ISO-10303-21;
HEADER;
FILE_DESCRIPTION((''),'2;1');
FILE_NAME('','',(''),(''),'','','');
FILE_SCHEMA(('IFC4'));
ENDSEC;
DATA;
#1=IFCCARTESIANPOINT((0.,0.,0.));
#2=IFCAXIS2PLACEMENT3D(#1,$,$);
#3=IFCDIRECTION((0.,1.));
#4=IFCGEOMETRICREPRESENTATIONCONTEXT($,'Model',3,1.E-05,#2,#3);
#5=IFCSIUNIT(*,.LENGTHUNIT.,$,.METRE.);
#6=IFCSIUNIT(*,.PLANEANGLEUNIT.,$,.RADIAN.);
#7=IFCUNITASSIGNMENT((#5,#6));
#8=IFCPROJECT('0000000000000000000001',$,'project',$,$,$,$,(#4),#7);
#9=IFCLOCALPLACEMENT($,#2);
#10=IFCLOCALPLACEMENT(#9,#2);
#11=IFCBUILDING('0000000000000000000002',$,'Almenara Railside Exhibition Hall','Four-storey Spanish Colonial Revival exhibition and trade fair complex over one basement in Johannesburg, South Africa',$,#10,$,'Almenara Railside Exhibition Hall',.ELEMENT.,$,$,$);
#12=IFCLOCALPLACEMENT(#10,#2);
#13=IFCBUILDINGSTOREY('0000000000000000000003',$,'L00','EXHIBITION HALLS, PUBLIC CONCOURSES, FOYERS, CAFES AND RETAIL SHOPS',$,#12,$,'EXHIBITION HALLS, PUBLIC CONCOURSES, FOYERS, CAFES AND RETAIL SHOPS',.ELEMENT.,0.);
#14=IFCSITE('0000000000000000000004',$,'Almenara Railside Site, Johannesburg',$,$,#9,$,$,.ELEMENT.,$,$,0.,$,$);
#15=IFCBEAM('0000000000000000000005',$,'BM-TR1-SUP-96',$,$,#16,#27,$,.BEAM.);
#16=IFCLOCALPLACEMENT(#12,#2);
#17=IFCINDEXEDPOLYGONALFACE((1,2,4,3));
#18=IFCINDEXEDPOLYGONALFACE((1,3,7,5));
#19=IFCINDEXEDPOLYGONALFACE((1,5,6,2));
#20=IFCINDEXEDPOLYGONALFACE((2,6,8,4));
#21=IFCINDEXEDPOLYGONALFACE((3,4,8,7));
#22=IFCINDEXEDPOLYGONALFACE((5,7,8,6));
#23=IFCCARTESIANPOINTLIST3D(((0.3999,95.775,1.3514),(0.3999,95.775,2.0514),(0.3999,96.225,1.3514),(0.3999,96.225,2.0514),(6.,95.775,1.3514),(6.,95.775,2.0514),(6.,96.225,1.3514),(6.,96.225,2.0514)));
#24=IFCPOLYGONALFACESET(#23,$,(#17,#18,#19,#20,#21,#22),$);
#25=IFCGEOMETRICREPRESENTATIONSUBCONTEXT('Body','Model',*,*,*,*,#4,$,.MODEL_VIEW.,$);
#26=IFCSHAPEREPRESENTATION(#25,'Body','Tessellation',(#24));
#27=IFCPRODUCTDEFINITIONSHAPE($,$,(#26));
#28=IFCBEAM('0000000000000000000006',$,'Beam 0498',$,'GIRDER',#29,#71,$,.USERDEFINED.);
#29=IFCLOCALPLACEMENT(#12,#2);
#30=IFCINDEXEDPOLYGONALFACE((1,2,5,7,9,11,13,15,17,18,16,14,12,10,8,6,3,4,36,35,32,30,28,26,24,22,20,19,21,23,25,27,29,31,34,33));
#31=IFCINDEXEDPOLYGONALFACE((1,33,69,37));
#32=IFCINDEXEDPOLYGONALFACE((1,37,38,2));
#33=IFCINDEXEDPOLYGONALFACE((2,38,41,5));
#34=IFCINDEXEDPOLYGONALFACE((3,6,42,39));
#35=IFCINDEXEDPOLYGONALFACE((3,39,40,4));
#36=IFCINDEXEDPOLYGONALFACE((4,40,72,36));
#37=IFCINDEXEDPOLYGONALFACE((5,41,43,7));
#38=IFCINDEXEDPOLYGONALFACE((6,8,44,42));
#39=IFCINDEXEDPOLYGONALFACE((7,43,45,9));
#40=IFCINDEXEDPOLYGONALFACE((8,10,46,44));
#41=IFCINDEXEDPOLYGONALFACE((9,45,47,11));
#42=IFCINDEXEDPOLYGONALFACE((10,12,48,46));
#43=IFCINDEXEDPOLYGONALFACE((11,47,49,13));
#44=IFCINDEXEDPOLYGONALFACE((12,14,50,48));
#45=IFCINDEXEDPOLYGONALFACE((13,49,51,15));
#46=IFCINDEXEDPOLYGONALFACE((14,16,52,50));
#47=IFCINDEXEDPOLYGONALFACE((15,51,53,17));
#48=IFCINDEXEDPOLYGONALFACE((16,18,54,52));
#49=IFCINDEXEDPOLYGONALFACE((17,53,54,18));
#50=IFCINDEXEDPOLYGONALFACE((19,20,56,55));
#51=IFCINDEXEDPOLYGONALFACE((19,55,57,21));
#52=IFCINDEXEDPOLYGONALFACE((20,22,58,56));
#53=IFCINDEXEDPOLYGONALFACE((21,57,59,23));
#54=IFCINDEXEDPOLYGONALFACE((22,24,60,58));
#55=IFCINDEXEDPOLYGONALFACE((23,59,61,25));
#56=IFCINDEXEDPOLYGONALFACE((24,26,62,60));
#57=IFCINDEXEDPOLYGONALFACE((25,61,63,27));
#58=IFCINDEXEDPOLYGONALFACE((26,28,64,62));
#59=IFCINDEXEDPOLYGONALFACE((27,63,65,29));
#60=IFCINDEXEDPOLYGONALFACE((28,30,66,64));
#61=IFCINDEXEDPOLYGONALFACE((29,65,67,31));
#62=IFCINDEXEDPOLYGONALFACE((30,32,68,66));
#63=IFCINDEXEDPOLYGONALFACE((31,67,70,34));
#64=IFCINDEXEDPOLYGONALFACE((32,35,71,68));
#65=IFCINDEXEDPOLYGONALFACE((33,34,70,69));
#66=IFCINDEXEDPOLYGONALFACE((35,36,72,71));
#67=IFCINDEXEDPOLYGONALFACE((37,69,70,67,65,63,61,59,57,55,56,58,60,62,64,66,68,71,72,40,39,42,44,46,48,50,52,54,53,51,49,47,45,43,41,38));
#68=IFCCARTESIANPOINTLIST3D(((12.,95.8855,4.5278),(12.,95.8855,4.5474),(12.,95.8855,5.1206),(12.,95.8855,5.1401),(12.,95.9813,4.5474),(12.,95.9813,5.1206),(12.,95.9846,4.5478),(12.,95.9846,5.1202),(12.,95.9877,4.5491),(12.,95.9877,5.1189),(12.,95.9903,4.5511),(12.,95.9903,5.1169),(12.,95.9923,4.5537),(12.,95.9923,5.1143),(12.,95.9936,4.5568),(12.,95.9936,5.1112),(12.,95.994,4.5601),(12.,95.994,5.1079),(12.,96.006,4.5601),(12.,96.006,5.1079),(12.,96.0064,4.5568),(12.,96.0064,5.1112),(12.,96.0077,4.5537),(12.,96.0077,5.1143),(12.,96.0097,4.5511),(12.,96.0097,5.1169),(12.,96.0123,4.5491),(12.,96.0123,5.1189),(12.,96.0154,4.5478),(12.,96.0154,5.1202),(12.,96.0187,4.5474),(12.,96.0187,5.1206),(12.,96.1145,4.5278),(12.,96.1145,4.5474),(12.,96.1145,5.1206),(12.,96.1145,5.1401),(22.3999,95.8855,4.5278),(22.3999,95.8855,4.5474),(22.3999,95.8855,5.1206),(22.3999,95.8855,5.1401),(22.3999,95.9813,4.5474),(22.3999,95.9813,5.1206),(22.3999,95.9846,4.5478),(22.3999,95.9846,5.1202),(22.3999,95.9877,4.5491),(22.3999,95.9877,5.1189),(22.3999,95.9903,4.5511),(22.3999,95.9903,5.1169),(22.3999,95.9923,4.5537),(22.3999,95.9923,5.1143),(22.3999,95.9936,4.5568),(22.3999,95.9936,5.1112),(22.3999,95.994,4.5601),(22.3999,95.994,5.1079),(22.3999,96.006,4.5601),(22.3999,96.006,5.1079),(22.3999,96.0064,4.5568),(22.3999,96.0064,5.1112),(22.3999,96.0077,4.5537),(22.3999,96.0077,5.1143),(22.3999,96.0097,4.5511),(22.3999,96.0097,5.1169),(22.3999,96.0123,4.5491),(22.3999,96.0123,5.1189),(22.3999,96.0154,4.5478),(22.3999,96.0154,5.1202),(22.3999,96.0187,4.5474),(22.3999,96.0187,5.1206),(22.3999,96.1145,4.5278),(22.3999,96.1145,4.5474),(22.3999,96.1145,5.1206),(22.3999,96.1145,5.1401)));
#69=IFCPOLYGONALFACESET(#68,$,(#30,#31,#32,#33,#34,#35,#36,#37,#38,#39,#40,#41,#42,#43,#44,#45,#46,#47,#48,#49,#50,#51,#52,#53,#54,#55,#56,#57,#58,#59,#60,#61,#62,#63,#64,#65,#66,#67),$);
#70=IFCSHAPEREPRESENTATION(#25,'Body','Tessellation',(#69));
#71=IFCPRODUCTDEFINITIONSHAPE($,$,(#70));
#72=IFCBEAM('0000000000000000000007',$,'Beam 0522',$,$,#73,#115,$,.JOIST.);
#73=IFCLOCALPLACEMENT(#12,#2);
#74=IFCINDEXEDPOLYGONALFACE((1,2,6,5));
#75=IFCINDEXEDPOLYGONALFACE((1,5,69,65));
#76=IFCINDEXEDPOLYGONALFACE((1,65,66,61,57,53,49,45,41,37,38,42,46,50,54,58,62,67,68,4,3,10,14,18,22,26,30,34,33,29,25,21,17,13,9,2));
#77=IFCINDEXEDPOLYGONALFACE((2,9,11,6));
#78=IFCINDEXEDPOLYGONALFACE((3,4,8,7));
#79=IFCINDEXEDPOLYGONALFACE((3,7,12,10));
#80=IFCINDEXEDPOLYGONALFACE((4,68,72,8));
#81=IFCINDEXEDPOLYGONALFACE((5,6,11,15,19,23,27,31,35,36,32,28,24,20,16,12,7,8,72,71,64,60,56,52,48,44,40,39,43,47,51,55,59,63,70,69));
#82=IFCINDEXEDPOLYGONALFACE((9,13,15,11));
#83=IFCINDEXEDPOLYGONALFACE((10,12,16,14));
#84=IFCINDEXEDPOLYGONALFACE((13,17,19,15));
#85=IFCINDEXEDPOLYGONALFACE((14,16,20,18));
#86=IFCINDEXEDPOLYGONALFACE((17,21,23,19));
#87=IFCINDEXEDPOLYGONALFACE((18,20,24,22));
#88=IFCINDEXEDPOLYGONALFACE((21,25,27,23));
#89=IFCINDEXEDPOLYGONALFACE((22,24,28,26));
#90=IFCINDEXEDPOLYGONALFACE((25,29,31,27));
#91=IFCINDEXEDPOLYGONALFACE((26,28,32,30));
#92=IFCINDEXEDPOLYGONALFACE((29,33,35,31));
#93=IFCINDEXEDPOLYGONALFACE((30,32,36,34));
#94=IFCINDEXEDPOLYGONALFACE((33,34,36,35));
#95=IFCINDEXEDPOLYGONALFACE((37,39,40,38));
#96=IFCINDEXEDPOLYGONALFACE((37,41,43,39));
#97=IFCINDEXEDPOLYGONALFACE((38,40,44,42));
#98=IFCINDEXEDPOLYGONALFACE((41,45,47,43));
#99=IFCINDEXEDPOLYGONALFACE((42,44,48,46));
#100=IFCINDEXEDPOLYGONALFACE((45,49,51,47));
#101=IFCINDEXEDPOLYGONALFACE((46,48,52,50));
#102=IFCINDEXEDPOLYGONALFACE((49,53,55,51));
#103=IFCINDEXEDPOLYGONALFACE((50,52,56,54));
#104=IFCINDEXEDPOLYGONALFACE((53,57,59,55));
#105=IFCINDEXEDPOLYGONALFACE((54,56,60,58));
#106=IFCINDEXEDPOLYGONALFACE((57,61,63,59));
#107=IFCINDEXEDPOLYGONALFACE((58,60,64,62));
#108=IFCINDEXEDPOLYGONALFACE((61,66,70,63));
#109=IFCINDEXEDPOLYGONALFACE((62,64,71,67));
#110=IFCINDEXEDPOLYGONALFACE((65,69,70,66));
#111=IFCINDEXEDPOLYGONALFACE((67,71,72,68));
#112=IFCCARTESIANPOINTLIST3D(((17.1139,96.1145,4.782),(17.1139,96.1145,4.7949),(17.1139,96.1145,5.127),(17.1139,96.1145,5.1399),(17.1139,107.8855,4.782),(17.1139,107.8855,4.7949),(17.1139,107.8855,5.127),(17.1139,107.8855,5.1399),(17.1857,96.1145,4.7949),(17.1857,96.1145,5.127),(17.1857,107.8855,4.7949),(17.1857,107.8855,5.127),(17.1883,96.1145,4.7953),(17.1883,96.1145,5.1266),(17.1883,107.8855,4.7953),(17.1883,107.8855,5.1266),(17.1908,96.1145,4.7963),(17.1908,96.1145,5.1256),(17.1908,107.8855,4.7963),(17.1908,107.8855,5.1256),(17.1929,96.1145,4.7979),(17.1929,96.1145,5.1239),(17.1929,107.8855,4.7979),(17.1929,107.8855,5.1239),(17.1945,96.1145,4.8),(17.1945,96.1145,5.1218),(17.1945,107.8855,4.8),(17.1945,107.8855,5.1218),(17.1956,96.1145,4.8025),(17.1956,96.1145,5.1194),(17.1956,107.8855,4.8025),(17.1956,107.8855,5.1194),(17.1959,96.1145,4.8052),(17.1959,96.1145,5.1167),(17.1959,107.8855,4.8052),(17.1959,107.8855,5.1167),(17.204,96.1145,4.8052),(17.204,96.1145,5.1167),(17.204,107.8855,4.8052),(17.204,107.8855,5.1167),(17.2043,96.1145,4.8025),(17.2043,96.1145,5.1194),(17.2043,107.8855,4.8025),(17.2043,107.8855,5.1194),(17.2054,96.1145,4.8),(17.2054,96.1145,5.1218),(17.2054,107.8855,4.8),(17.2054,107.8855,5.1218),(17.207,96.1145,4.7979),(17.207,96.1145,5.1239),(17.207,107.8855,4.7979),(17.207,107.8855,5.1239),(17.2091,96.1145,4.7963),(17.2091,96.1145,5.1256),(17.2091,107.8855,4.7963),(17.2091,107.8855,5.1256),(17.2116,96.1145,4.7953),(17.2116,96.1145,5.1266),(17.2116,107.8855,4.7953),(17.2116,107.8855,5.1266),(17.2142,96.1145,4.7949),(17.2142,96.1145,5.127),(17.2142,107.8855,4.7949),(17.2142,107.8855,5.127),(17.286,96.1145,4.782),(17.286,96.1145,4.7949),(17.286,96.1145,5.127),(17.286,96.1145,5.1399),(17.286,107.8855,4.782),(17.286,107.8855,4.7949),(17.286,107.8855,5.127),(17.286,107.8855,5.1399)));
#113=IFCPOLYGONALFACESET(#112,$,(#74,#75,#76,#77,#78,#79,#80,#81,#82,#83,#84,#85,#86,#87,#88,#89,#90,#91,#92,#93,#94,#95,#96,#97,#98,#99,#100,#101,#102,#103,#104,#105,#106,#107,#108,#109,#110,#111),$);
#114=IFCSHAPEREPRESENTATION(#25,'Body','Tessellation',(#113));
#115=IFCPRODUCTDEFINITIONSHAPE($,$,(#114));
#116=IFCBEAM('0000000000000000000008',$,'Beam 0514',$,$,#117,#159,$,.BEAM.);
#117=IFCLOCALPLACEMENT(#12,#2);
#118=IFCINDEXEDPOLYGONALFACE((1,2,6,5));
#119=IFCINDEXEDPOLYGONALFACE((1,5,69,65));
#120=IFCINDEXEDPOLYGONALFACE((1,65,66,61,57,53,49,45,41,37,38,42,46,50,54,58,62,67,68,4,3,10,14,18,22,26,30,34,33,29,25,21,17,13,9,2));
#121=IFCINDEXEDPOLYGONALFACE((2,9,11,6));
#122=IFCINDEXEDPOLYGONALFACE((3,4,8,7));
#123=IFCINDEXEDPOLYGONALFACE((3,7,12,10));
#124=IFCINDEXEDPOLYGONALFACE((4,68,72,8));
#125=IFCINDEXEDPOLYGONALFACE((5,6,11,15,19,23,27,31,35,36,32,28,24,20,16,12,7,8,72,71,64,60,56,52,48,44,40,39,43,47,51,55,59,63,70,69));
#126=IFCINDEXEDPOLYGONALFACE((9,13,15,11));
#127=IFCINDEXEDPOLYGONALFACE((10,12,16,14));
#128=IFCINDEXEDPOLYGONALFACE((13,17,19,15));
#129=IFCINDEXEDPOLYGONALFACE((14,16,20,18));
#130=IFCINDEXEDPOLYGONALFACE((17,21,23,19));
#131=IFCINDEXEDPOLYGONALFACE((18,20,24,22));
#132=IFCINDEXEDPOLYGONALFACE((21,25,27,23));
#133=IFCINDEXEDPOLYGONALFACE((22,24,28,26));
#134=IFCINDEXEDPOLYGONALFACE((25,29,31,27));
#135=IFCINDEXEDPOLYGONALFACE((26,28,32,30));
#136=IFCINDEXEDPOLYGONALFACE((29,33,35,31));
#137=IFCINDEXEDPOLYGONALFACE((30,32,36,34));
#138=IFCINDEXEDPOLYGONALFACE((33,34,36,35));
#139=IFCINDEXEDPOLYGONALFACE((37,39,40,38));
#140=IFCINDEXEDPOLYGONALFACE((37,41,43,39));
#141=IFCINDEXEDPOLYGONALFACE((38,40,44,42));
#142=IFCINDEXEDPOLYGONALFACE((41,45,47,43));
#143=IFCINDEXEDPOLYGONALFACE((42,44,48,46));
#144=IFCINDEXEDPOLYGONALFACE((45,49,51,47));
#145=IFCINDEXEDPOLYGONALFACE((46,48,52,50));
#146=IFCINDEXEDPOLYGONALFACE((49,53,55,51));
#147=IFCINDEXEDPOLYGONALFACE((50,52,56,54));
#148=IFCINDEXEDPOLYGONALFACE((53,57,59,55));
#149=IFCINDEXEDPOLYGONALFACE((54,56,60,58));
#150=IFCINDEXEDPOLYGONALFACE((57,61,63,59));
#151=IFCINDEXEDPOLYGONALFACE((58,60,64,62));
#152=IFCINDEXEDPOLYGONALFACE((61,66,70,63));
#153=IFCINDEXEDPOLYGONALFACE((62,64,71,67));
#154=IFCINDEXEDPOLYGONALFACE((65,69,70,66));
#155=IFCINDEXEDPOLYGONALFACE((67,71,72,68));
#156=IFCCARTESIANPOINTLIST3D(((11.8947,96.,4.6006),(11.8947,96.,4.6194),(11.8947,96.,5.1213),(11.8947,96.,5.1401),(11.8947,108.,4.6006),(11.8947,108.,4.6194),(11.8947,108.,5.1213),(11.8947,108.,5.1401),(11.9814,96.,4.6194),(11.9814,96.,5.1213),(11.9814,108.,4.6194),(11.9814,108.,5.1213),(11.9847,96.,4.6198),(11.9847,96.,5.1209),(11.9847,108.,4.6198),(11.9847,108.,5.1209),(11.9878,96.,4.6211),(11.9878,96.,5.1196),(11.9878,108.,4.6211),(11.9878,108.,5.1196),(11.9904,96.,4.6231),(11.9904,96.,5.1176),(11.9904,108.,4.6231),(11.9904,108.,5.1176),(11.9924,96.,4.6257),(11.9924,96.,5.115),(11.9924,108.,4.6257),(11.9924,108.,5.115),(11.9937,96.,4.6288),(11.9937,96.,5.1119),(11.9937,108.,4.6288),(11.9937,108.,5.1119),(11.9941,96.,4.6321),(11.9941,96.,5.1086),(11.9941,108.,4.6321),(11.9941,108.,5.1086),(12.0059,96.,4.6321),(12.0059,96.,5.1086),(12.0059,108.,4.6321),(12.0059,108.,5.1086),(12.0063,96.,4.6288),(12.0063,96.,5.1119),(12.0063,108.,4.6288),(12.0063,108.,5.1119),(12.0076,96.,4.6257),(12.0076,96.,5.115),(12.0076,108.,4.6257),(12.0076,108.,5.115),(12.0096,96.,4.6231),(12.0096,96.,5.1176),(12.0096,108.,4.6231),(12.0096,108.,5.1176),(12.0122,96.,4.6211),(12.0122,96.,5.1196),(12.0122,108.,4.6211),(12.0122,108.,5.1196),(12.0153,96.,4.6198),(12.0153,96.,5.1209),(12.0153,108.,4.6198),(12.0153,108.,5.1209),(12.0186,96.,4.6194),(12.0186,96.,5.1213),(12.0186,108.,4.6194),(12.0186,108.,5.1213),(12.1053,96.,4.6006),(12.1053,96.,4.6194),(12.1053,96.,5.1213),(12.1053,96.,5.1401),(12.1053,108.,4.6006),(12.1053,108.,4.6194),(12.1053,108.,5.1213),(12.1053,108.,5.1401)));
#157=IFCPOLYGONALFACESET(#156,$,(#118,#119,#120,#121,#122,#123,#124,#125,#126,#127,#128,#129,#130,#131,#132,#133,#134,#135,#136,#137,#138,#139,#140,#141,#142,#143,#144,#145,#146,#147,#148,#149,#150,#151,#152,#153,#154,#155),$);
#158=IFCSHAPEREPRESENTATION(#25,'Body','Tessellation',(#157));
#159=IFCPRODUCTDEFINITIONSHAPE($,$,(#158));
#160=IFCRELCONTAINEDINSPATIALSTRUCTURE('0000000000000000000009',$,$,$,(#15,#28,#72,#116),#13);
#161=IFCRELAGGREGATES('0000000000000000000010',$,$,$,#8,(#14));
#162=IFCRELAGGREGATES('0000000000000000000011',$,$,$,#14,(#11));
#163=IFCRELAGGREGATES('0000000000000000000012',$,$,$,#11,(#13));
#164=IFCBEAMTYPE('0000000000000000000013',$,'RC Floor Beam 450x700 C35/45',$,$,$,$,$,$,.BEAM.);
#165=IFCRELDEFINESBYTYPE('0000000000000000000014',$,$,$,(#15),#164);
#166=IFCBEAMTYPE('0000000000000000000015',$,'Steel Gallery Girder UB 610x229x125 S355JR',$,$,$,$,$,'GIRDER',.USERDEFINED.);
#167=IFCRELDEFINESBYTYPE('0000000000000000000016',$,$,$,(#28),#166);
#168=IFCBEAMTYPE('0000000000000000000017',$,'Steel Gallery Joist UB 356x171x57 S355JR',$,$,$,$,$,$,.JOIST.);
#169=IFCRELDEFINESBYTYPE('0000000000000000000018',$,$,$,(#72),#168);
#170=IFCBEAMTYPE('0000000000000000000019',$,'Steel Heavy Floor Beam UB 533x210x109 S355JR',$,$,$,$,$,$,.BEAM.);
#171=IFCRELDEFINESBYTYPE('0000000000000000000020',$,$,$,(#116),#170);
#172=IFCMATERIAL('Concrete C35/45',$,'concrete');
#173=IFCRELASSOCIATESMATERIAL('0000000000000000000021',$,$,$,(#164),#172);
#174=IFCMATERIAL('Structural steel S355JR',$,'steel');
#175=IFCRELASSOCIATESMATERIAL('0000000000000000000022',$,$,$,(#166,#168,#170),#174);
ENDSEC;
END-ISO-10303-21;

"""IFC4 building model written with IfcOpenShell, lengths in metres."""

from ifc_helpers import new_model, si_unit, direction, frame, origin, origin_2d, place, context, subcontext, project, spatial, rectangle, i_section, extrude, material, material_profile, profile_set, type_object, element, save


model = new_model("IFC4")

# Units and contexts
model_context = context("Model", 3, precision=1e-05, world=origin(), true_north=direction((0.0, 1.0)))
body_context = subcontext(model_context, "Body", "Model", "MODEL_VIEW")
ifc_project = project(units=[si_unit("LENGTHUNIT", "METRE"), si_unit("PLANEANGLEUNIT", "RADIAN")], contexts=[model_context])

# Site, building, storey
site_placement = place(None, origin())
site = spatial("IfcSite", under=ifc_project, at=site_placement, Name="Almenara Railside Site, Johannesburg", CompositionType="ELEMENT", RefElevation=0.0)
building_placement = place(site_placement, origin())
building = spatial("IfcBuilding", under=site, at=building_placement, Name="Almenara Railside Exhibition Hall", Description="Four-storey Spanish Colonial Revival exhibition and trade fair complex over one basement in Johannesburg, South Africa", LongName="Almenara Railside Exhibition Hall", CompositionType="ELEMENT")
storey_placement = place(building_placement, origin())
storey = spatial("IfcBuildingStorey", under=building, at=storey_placement, Name="L00", Description="EXHIBITION HALLS, PUBLIC CONCOURSES, FOYERS, CAFES AND RETAIL SHOPS", LongName="EXHIBITION HALLS, PUBLIC CONCOURSES, FOYERS, CAFES AND RETAIL SHOPS", CompositionType="ELEMENT", Elevation=0.0)

# Shared definitions
ifc_material_1 = material(Name="Concrete C35/45", Category="concrete")

# Beams
ifc_material_profile_1 = material_profile(ifc_material_1, rectangle(XDim=0.45, YDim=0.7, at=origin_2d()), Name="RC 450x700")
ifc_profile_set_1 = profile_set([ifc_material_profile_1], Name="Concrete C35/45")
beam_type_1 = type_object("IfcBeamType", Name="RC Floor Beam 450x700 C35/45", PredefinedType="BEAM", material=ifc_profile_set_1)
for number, where, z_axis, x_axis, name in (
    (1, (0.3999, 96.0, 1.7014), (1.0, 0.0, 0.0), (0.0, 1.0, 0.0), "BM-TR1-SUP-96"),
):
    element("IfcBeam", number, at=place(storey_placement, frame(where, z_axis=z_axis, x_axis=x_axis)), inside=storey, type_object=beam_type_1, Name=name, PredefinedType="BEAM", context=body_context, shape_type="SweptSolid", body=[
        extrude(rectangle(XDim=0.45, YDim=0.7, at=origin_2d()), origin(), (0.0, 0.0, 1.0), 5.6001),
    ])
ifc_material_2 = material(Name="Structural steel S355JR", Category="steel")
ifc_material_profile_2 = material_profile(ifc_material_2, i_section(OverallWidth=0.229, OverallDepth=0.6123, WebThickness=0.012, FlangeThickness=0.0195, FilletRadius=0.0127, at=origin_2d()), Name="UB 610x229x125")
ifc_profile_set_2 = profile_set([ifc_material_profile_2], Name="Structural steel S355JR")
beam_type_2 = type_object("IfcBeamType", Name="Steel Gallery Girder UB 610x229x125 S355JR", ElementType="GIRDER", PredefinedType="USERDEFINED", material=ifc_profile_set_2)
beam_1_placement = place(storey_placement, frame((12.0, 96.0, 4.834), z_axis=(1.0, 0.0, 0.0), x_axis=(0.0, 1.0, 0.0)))
element("IfcBeam", 2, at=beam_1_placement, inside=storey, type_object=beam_type_2, Name="Beam 0498", ObjectType="GIRDER", PredefinedType="USERDEFINED", context=body_context, shape_type="SweptSolid", body=[
    extrude(i_section(OverallWidth=0.229, OverallDepth=0.6123, WebThickness=0.012, FlangeThickness=0.0195, FilletRadius=0.0127, at=origin_2d()), origin(), (0.0, 0.0, 1.0), 10.3999),
])
ifc_material_profile_3 = material_profile(ifc_material_2, i_section(OverallWidth=0.1721, OverallDepth=0.3579, WebThickness=0.0081, FlangeThickness=0.0129, FilletRadius=0.0103, at=origin_2d()), Name="UB 356x171x57")
ifc_profile_set_3 = profile_set([ifc_material_profile_3], Name="Structural steel S355JR")
beam_type_3 = type_object("IfcBeamType", Name="Steel Gallery Joist UB 356x171x57 S355JR", PredefinedType="JOIST", material=ifc_profile_set_3)
beam_2_placement = place(storey_placement, frame((17.2, 96.1145, 4.9609), z_axis=(0.0, 1.0, 0.0), x_axis=(-1.0, 0.0, 0.0)))
element("IfcBeam", 3, at=beam_2_placement, inside=storey, type_object=beam_type_3, Name="Beam 0522", PredefinedType="JOIST", context=body_context, shape_type="SweptSolid", body=[
    extrude(i_section(OverallWidth=0.1721, OverallDepth=0.3579, WebThickness=0.0081, FlangeThickness=0.0129, FilletRadius=0.0103, at=origin_2d()), origin(), (0.0, 0.0, 1.0), 11.771),
])
ifc_material_profile_4 = material_profile(ifc_material_2, i_section(OverallWidth=0.2107, OverallDepth=0.5396, WebThickness=0.0117, FlangeThickness=0.0188, FilletRadius=0.0127, at=origin_2d()), Name="UB 533x210x109")
ifc_profile_set_4 = profile_set([ifc_material_profile_4], Name="Structural steel S355JR")
beam_type_4 = type_object("IfcBeamType", Name="Steel Heavy Floor Beam UB 533x210x109 S355JR", PredefinedType="BEAM", material=ifc_profile_set_4)
for number, where, z_axis, x_axis, name in (
    (4, (12.0, 96.0, 4.8704), (0.0, 1.0, 0.0), (-1.0, 0.0, 0.0), "Beam 0514"),
):
    element("IfcBeam", number, at=place(storey_placement, frame(where, z_axis=z_axis, x_axis=x_axis)), inside=storey, type_object=beam_type_4, Name=name, PredefinedType="BEAM", context=body_context, shape_type="SweptSolid", body=[
        extrude(i_section(OverallWidth=0.2107, OverallDepth=0.5396, WebThickness=0.0117, FlangeThickness=0.0188, FilletRadius=0.0127, at=origin_2d()), origin(), (0.0, 0.0, 1.0), 12.0),
    ])

save(model, "model.ifc")
